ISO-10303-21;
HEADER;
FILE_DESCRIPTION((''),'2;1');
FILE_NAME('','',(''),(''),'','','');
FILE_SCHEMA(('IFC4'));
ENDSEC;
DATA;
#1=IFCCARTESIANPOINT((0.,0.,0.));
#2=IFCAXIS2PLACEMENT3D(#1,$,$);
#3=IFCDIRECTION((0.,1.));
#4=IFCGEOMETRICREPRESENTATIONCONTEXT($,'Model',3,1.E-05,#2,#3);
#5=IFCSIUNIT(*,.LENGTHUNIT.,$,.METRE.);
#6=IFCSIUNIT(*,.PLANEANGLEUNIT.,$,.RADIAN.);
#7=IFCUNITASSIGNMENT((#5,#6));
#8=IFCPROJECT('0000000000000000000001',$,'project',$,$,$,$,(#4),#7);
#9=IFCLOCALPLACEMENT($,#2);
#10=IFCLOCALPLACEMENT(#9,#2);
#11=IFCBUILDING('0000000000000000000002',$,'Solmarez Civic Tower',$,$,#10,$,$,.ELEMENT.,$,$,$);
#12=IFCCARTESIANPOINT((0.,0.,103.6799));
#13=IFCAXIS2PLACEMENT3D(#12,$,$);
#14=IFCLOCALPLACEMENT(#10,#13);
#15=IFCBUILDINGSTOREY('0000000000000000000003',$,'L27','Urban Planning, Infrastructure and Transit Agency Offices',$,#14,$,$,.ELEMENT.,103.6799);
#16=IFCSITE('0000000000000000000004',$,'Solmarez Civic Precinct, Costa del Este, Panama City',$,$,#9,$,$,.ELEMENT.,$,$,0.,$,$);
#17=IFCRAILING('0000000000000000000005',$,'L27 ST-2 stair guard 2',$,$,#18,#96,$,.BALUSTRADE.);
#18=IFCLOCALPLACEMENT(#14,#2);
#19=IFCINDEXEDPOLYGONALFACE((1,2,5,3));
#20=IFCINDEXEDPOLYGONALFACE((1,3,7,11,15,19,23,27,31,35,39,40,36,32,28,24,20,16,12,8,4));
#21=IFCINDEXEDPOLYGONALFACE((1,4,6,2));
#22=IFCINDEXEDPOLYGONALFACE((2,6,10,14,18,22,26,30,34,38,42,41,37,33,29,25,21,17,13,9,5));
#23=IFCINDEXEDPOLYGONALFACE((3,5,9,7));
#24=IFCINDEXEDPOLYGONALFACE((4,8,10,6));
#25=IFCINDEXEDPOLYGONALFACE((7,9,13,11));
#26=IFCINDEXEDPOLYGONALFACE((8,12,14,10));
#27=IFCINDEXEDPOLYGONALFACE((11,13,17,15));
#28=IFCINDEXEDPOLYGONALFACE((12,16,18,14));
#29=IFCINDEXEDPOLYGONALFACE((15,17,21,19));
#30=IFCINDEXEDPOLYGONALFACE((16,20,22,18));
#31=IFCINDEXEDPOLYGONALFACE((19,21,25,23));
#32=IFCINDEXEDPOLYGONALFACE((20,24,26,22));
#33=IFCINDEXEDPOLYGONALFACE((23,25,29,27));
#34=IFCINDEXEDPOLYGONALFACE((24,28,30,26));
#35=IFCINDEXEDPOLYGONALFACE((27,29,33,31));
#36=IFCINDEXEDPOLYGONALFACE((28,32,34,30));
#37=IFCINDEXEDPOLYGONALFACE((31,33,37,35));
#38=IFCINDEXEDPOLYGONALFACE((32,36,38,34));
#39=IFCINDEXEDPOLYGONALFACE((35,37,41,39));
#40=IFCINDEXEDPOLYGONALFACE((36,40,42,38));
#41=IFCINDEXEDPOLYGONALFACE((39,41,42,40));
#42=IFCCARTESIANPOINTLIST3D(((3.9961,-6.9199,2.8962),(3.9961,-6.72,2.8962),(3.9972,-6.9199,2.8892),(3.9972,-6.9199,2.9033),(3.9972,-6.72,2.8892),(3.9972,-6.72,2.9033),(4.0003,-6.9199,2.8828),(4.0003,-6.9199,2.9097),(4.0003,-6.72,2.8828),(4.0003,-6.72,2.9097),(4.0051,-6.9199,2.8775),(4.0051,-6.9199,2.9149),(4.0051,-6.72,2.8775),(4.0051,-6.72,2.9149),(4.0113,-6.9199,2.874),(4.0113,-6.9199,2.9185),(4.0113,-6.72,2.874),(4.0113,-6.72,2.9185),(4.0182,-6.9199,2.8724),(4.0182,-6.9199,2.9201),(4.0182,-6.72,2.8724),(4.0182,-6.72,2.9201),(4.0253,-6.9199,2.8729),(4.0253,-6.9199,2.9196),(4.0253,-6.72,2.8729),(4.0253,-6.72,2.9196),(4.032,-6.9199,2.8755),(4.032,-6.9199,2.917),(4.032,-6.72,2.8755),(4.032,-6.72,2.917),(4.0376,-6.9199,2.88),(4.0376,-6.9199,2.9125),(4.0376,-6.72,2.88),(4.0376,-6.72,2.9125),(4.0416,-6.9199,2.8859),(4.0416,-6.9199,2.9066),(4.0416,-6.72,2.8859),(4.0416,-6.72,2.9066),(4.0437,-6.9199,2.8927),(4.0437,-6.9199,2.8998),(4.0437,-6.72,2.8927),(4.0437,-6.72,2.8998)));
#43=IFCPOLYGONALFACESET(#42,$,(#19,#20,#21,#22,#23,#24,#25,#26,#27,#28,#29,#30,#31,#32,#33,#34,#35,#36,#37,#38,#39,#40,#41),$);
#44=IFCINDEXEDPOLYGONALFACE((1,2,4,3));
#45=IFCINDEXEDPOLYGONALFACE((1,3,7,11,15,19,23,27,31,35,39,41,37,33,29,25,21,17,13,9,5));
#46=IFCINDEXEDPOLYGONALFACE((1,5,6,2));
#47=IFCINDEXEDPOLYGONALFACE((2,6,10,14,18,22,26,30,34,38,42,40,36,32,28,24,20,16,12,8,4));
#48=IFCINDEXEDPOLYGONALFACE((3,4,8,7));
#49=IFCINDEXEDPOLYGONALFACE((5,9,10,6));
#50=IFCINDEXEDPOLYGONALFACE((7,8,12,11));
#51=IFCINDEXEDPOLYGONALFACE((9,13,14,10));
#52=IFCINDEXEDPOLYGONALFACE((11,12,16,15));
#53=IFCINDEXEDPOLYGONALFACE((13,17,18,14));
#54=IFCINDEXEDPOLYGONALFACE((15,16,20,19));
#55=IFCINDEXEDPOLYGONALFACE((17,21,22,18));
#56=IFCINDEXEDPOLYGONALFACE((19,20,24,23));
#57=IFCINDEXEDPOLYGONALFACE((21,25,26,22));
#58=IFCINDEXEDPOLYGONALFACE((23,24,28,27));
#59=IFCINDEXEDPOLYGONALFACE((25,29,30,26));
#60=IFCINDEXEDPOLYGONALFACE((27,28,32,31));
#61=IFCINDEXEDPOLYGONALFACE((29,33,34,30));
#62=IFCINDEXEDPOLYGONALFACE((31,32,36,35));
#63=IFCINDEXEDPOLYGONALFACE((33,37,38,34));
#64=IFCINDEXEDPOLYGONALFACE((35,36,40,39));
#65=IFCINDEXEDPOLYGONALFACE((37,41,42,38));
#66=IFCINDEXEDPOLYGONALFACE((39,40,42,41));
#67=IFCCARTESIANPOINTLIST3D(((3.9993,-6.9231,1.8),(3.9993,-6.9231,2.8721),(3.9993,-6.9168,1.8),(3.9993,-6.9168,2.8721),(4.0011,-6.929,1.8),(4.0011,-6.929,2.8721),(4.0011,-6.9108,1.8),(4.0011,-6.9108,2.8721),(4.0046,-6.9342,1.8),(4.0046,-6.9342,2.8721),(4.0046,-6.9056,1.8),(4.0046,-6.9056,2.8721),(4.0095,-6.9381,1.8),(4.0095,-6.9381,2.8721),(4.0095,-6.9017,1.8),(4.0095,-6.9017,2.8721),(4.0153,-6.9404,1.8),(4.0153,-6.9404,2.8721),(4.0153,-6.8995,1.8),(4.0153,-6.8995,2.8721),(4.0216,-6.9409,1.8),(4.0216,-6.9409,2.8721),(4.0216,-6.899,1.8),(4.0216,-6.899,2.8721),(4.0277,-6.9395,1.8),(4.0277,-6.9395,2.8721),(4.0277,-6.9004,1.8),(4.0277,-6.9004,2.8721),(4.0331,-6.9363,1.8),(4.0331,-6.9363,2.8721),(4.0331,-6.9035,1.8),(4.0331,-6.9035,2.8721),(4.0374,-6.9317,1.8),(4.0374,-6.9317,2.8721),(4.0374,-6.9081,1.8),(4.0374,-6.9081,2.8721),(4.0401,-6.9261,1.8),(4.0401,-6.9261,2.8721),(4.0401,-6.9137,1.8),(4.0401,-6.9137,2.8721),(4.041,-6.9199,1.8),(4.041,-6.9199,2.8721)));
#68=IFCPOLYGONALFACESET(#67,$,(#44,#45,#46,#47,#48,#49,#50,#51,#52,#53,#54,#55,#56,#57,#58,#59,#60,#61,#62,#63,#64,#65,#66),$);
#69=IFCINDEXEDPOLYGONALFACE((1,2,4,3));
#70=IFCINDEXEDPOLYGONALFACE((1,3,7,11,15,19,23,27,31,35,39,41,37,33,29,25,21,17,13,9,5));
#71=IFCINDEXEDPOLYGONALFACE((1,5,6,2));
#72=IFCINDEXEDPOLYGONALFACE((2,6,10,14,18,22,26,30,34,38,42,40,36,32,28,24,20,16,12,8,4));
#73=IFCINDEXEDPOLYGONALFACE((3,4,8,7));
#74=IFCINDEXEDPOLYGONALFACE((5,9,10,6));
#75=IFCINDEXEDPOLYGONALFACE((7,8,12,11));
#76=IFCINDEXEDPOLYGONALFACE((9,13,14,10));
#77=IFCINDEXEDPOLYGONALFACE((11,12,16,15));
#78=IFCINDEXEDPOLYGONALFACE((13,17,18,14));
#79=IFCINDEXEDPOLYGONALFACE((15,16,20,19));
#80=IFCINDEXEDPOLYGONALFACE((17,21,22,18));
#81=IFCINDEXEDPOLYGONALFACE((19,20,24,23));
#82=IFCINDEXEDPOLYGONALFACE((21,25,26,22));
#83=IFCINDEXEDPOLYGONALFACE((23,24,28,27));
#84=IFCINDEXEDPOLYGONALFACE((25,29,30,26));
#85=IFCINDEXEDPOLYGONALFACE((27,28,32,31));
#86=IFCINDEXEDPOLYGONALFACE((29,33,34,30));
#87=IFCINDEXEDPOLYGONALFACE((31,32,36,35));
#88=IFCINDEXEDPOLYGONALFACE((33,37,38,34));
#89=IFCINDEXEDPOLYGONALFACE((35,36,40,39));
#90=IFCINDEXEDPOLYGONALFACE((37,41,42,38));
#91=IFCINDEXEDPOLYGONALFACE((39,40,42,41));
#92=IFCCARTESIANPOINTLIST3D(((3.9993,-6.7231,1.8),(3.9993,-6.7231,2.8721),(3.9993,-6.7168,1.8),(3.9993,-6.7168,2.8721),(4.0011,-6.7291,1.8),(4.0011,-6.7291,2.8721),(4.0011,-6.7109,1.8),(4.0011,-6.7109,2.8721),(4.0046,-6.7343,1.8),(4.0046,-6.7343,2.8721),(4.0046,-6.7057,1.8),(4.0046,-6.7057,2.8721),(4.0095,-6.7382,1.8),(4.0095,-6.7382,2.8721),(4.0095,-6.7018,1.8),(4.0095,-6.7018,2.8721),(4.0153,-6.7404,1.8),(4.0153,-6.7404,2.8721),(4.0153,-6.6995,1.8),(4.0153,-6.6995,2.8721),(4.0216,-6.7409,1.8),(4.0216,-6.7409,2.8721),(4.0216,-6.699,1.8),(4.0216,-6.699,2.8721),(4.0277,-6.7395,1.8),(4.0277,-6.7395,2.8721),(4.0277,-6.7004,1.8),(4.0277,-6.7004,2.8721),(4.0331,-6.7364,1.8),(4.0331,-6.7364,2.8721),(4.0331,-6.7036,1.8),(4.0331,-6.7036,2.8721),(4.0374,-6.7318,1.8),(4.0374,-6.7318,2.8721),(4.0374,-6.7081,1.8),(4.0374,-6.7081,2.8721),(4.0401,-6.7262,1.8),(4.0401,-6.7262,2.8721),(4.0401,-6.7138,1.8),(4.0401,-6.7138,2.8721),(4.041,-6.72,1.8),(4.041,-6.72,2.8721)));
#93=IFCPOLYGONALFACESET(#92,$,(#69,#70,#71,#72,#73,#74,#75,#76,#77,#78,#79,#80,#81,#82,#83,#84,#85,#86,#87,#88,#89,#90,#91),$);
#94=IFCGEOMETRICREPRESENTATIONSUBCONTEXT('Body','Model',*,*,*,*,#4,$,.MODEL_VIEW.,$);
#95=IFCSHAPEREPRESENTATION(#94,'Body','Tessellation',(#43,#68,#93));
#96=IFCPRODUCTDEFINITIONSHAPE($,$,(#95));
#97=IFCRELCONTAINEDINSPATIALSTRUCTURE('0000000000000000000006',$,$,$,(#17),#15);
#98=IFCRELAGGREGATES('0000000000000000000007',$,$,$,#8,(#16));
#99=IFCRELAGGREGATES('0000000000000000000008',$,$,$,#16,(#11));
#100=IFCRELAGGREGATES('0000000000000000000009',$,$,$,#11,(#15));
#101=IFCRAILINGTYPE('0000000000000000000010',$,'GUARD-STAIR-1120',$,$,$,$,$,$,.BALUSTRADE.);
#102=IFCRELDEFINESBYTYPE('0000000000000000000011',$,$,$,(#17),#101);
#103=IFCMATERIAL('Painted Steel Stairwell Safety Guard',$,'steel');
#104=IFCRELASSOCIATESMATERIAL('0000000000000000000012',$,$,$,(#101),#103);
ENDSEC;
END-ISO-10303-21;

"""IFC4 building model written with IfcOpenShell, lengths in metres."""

from ifc_helpers import new_model, si_unit, direction, frame, origin, origin_2d, place, context, subcontext, project, spatial, circle, extrude, material, type_object, element, save


model = new_model("IFC4")

# Units and contexts
model_context = context("Model", 3, precision=1e-05, world=origin(), true_north=direction((0.0, 1.0)))
body_context = subcontext(model_context, "Body", "Model", "MODEL_VIEW")
ifc_project = project(units=[si_unit("LENGTHUNIT", "METRE"), si_unit("PLANEANGLEUNIT", "RADIAN")], contexts=[model_context])

# Site, building, storey
site_placement = place(None, origin())
site = spatial("IfcSite", under=ifc_project, at=site_placement, Name="Solmarez Civic Precinct, Costa del Este, Panama City", CompositionType="ELEMENT", RefElevation=0.0)
building_placement = place(site_placement, origin())
building = spatial("IfcBuilding", under=site, at=building_placement, Name="Solmarez Civic Tower", CompositionType="ELEMENT")
storey_placement = place(building_placement, frame((0.0, 0.0, 103.6799)))
storey = spatial("IfcBuildingStorey", under=building, at=storey_placement, Name="L27", Description="Urban Planning, Infrastructure and Transit Agency Offices", CompositionType="ELEMENT", Elevation=103.6799)

# Railing
ifc_material_1 = material(Name="Painted Steel Stairwell Safety Guard", Category="steel")
railing_type_1 = type_object("IfcRailingType", Name="GUARD-STAIR-1120", PredefinedType="BALUSTRADE", material=ifc_material_1)
railing_1_placement = place(storey_placement, frame((4.02, -6.9199, 1.8)))
element("IfcRailing", 1, at=railing_1_placement, inside=storey, type_object=railing_type_1, Name="L27 ST-2 stair guard 2", PredefinedType="BALUSTRADE", context=body_context, shape_type="SweptSolid", body=[
    extrude(circle(Radius=0.0239, at=origin_2d()), frame((0.0, 0.0, 1.0962), z_axis=(0.0, 1.0, 0.0), x_axis=(-1.0, 0.0, 0.0)), (0.0, 0.0, 1.0), 0.2),
    extrude(circle(Radius=0.021, at=origin_2d()), origin(), (0.0, 0.0, 1.0), 1.072),
    extrude(circle(Radius=0.021, at=origin_2d()), frame((0.0, 0.2, 0.0)), (0.0, 0.0, 1.0), 1.072),
])

save(model, "model.ifc")
